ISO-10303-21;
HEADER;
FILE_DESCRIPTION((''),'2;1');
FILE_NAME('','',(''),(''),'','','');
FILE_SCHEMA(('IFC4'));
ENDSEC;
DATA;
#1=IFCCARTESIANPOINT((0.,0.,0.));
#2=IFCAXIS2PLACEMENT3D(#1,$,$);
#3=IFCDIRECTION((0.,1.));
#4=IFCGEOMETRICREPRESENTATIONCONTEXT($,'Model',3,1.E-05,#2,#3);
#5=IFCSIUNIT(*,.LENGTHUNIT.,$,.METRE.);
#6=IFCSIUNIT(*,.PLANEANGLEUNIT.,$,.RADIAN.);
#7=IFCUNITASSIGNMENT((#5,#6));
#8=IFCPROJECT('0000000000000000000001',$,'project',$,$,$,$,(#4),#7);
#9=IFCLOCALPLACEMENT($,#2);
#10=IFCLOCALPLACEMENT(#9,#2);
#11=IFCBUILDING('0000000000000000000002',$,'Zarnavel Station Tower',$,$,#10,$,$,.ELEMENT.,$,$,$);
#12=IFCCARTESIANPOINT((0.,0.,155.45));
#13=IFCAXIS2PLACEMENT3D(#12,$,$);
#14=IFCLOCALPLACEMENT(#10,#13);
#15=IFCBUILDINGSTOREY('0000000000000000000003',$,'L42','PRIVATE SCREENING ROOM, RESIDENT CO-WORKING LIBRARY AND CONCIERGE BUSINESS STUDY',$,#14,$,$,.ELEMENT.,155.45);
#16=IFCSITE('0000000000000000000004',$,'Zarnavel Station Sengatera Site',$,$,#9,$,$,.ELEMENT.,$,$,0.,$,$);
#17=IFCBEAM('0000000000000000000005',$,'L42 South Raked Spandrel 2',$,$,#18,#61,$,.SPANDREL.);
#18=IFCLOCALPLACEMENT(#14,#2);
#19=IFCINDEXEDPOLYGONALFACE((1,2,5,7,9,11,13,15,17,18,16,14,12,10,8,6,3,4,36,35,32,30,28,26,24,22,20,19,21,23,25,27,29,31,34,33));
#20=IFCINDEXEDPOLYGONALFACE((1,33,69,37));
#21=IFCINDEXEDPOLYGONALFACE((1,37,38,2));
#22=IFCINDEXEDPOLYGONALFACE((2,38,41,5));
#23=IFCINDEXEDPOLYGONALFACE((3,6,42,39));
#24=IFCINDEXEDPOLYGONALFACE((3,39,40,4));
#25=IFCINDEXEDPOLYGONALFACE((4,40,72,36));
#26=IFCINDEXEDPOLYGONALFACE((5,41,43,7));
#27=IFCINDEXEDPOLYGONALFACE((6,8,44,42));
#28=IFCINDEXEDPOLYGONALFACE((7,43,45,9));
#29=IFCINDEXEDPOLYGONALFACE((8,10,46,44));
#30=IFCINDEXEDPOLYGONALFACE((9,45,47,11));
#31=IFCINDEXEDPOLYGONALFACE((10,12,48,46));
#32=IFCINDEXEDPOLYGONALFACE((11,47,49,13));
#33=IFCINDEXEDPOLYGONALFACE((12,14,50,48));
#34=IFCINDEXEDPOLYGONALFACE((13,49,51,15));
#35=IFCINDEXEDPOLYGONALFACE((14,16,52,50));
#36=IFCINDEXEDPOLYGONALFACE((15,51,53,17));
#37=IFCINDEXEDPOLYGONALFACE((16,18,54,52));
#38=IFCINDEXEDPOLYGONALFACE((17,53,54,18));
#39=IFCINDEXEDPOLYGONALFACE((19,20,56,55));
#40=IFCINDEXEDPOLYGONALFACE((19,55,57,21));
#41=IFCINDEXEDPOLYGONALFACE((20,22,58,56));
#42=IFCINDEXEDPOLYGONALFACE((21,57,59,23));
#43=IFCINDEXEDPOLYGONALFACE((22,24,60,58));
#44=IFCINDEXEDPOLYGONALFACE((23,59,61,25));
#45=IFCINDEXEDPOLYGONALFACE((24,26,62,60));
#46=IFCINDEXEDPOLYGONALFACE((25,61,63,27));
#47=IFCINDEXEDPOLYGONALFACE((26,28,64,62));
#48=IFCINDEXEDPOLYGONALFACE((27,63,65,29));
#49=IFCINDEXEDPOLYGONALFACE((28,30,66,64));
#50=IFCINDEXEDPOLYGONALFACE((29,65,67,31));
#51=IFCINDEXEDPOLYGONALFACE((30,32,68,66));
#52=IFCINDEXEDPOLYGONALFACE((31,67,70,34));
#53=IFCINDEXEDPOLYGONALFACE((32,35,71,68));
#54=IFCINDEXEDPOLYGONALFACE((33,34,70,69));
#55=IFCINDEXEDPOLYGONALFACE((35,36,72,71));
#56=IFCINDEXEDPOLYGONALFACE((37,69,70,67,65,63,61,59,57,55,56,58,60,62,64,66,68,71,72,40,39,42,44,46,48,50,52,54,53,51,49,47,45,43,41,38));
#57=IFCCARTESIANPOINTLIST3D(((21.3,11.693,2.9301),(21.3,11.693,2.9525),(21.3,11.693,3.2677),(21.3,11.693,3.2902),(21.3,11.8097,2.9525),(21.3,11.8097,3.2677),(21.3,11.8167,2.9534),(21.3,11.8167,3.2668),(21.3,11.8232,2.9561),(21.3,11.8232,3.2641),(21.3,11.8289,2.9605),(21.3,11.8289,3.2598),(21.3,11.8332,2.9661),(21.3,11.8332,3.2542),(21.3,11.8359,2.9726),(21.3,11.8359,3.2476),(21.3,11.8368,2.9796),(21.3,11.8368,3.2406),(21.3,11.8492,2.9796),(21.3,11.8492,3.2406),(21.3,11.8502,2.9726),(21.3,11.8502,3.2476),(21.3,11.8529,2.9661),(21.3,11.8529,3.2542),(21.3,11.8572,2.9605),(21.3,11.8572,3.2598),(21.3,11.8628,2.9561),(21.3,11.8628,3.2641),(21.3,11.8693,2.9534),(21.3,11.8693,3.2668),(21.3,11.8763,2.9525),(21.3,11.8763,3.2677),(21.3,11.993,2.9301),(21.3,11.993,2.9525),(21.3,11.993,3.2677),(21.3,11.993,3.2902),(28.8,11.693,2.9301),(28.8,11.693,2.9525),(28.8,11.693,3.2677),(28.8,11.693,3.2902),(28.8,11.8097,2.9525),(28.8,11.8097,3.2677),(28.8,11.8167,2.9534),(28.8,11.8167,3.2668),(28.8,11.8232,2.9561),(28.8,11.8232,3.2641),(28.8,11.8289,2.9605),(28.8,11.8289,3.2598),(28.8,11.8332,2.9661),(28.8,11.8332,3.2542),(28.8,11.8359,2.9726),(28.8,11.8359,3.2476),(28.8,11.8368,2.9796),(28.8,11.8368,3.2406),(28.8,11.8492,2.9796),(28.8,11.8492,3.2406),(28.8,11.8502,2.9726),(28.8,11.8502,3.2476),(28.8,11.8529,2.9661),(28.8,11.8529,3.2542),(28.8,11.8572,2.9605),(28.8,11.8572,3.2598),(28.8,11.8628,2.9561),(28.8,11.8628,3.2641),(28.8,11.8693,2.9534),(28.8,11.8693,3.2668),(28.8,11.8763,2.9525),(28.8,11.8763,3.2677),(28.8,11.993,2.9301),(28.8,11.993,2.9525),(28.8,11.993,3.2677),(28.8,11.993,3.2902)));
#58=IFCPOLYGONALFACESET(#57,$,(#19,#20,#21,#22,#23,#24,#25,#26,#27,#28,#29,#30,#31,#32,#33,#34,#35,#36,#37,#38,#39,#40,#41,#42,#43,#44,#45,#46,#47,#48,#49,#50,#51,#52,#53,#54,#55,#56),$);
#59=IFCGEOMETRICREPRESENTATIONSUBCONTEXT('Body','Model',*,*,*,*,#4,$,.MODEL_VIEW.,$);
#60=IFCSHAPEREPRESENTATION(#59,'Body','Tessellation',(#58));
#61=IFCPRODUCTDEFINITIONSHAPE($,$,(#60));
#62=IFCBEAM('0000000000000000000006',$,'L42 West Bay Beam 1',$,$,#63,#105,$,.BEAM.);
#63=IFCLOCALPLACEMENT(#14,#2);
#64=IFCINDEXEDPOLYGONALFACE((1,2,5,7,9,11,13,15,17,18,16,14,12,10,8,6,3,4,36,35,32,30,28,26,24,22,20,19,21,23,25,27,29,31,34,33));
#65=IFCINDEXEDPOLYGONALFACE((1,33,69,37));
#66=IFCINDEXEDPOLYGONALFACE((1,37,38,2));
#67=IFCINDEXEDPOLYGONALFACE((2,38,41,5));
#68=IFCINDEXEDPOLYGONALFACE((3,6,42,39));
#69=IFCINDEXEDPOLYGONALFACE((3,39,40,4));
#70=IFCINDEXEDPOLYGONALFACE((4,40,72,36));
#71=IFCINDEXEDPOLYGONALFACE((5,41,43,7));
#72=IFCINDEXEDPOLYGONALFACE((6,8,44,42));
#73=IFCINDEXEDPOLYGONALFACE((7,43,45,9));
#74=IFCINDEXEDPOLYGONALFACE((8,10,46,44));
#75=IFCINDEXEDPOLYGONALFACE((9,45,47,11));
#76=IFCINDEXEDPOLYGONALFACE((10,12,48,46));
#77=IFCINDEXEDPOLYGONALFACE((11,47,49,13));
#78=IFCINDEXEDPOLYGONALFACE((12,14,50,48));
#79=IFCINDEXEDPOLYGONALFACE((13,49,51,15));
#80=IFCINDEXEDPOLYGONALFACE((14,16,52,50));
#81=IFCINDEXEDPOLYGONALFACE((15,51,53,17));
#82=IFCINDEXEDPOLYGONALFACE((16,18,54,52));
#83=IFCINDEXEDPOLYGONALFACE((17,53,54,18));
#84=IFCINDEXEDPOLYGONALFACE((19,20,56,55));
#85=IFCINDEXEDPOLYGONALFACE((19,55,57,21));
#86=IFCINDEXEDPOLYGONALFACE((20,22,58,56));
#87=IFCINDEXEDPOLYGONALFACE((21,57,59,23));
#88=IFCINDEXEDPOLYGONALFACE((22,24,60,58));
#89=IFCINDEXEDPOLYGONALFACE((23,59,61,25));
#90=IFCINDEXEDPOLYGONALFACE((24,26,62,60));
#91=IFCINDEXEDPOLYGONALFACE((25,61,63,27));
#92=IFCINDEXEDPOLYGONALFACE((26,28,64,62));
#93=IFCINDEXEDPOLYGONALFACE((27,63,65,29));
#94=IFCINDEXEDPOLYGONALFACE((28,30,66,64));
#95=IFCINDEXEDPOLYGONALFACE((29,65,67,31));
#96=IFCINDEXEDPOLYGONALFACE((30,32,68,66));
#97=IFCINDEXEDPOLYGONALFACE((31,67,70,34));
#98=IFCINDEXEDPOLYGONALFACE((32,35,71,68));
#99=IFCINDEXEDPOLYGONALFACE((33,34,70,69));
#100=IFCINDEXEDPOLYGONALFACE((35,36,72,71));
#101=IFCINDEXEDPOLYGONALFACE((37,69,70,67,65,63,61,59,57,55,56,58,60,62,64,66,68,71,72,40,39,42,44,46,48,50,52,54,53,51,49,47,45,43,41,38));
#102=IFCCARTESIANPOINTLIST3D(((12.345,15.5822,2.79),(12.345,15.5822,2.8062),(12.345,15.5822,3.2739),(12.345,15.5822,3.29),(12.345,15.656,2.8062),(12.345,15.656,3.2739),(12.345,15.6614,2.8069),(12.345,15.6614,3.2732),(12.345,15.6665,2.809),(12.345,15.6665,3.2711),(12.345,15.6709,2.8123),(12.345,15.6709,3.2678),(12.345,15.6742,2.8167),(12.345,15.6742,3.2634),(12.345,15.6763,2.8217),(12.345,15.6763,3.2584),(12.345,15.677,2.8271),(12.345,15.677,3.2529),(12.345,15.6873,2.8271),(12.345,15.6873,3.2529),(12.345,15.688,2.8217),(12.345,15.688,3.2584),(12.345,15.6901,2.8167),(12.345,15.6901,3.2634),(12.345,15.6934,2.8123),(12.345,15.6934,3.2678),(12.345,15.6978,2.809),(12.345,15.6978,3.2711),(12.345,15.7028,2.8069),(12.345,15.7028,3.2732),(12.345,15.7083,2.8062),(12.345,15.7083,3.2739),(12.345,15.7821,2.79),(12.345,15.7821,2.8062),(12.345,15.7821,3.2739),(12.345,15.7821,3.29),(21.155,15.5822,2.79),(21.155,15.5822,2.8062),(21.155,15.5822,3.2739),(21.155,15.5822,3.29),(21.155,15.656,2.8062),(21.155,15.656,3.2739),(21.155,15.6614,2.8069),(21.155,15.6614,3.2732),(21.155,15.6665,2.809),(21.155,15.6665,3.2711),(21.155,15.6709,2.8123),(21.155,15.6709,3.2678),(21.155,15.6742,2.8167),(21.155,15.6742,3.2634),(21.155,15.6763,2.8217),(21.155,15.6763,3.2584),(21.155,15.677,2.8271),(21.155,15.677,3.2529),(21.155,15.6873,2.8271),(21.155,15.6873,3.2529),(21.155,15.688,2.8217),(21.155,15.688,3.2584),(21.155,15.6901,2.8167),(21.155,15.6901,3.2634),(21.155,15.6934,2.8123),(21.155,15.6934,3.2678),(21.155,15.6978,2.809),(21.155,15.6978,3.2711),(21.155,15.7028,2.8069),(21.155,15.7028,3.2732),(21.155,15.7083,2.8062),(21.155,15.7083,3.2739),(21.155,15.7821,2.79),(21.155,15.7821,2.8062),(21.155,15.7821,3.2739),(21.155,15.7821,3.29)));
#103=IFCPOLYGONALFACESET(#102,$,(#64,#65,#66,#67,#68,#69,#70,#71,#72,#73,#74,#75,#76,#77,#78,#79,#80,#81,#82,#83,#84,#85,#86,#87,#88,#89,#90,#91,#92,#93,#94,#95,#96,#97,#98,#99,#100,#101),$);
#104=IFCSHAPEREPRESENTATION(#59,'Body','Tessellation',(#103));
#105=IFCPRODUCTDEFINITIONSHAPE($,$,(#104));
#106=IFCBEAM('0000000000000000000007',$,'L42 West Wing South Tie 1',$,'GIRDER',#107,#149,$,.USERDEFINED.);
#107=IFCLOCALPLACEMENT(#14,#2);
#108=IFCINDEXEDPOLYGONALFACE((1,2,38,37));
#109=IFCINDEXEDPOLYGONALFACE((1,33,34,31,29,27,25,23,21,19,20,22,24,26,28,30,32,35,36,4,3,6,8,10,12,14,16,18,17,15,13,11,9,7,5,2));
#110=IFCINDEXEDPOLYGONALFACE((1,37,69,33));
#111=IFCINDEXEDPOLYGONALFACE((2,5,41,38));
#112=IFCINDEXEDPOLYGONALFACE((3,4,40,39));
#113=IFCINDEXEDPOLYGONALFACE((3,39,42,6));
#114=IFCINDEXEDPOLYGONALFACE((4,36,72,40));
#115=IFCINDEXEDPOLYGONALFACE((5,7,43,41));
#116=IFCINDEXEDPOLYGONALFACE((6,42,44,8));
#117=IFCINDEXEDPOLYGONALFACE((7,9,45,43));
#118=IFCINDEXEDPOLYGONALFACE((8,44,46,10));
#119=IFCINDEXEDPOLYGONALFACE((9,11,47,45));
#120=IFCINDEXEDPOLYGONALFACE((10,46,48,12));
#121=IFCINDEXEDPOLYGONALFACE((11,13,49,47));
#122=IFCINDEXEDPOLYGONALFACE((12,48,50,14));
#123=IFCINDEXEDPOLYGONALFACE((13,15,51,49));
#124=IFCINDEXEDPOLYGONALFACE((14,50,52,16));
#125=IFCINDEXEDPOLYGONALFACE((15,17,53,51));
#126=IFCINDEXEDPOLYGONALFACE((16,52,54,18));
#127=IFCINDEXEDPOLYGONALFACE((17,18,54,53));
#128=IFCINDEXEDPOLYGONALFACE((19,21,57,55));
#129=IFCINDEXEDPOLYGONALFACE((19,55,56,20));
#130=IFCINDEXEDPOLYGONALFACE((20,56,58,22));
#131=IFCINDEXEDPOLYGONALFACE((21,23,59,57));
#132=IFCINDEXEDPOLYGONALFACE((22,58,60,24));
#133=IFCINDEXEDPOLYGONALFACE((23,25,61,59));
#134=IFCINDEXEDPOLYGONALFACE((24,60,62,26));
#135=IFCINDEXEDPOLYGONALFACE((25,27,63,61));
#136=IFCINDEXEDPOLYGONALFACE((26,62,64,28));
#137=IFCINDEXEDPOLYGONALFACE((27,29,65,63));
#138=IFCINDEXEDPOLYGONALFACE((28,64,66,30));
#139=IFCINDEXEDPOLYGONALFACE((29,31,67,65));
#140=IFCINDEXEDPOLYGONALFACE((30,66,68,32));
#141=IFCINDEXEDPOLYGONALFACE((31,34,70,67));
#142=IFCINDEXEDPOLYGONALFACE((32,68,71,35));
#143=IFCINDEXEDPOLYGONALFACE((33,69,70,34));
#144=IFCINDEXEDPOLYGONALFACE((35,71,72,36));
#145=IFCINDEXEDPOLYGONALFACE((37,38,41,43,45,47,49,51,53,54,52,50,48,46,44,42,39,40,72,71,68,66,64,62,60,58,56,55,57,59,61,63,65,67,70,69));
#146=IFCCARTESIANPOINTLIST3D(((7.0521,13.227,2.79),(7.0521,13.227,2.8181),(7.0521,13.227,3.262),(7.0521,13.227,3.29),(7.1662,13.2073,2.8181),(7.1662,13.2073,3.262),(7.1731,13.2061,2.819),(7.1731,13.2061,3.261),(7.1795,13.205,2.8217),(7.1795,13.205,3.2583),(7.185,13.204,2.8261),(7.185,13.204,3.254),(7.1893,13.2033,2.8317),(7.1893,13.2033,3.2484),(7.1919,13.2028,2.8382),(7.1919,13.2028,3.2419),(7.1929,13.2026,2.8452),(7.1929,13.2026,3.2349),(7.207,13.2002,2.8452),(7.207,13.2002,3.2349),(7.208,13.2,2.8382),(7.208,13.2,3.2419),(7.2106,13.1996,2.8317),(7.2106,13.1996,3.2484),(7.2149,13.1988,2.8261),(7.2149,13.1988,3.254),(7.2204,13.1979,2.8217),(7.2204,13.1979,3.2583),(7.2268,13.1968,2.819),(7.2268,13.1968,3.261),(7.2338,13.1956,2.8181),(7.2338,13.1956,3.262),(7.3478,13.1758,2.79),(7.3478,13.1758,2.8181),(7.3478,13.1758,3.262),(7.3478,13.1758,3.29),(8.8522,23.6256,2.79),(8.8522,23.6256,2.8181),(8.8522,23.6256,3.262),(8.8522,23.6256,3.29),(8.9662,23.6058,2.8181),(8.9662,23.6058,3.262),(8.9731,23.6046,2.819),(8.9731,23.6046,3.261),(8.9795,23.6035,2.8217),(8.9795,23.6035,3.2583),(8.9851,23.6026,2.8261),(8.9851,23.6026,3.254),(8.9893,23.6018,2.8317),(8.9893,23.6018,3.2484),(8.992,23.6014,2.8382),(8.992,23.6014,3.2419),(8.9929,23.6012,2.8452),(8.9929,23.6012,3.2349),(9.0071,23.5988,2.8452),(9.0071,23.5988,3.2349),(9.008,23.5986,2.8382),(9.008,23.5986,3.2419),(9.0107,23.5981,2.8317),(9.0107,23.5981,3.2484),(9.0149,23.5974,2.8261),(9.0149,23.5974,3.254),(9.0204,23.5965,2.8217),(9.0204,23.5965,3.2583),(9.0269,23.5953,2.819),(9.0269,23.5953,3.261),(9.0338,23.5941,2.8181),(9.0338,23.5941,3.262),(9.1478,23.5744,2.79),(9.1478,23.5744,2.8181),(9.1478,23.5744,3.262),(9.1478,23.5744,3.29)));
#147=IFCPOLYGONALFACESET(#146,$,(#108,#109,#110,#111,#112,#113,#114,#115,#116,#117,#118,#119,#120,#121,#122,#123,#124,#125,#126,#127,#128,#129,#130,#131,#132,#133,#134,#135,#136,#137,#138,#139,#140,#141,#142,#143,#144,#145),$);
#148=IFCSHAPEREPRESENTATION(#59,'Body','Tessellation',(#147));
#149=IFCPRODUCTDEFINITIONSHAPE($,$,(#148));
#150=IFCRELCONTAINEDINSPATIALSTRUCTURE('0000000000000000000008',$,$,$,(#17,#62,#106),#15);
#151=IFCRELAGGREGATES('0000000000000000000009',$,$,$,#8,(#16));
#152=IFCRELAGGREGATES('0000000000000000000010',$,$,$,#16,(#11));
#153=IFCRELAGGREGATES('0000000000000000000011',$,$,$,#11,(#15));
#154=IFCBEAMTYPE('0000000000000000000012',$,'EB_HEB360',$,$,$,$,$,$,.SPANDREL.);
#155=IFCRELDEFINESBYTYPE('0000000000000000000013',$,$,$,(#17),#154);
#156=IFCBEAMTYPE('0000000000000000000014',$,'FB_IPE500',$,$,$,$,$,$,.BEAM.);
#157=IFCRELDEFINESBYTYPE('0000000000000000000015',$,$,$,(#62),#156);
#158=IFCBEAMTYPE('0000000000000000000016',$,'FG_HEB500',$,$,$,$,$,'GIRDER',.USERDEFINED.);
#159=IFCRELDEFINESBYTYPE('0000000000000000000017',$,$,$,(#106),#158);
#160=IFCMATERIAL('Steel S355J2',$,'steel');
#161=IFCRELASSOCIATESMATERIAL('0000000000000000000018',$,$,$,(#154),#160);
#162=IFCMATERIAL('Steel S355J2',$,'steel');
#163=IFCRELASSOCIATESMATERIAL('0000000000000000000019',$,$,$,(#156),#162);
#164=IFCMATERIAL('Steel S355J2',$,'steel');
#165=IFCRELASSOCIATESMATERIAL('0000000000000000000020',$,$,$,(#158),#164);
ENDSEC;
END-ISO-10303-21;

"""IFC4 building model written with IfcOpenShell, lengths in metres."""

from ifc_helpers import new_model, si_unit, direction, frame, origin, origin_2d, place, context, subcontext, project, spatial, i_section, extrude, material, material_profile, profile_set, type_object, element, save


model = new_model("IFC4")

# Units and contexts
model_context = context("Model", 3, precision=1e-05, world=origin(), true_north=direction((0.0, 1.0)))
body_context = subcontext(model_context, "Body", "Model", "MODEL_VIEW")
ifc_project = project(units=[si_unit("LENGTHUNIT", "METRE"), si_unit("PLANEANGLEUNIT", "RADIAN")], contexts=[model_context])

# Site, building, storey
site_placement = place(None, origin())
site = spatial("IfcSite", under=ifc_project, at=site_placement, Name="Zarnavel Station Sengatera Site", CompositionType="ELEMENT", RefElevation=0.0)
building_placement = place(site_placement, origin())
building = spatial("IfcBuilding", under=site, at=building_placement, Name="Zarnavel Station Tower", CompositionType="ELEMENT")
storey_placement = place(building_placement, frame((0.0, 0.0, 155.45)))
storey = spatial("IfcBuildingStorey", under=building, at=storey_placement, Name="L42", Description="PRIVATE SCREENING ROOM, RESIDENT CO-WORKING LIBRARY AND CONCIERGE BUSINESS STUDY", CompositionType="ELEMENT", Elevation=155.45)

# Beams
ifc_material_1 = material(Name="Steel S355J2", Category="steel")
ifc_material_profile_1 = material_profile(ifc_material_1, i_section(OverallWidth=0.3, OverallDepth=0.3601, WebThickness=0.0125, FlangeThickness=0.0225, FilletRadius=0.0271, at=origin_2d()), Name="HEB360")
ifc_profile_set_1 = profile_set([ifc_material_profile_1], Name="Steel S355J2")
beam_type_1 = type_object("IfcBeamType", Name="EB_HEB360", PredefinedType="SPANDREL", material=ifc_profile_set_1)
beam_1_placement = place(storey_placement, frame((21.3, 11.843, 3.1101), z_axis=(1.0, 0.0, 0.0), x_axis=(0.0, 1.0, 0.0)))
element("IfcBeam", 1, at=beam_1_placement, inside=storey, type_object=beam_type_1, Name="L42 South Raked Spandrel 2", PredefinedType="SPANDREL", context=body_context, shape_type="SweptSolid", body=[
    extrude(i_section(OverallWidth=0.3, OverallDepth=0.3601, WebThickness=0.0125, FlangeThickness=0.0225, FilletRadius=0.0271, at=origin_2d()), origin(), (0.0, 0.0, 1.0), 7.5),
])
ifc_material_2 = material(Name="Steel S355J2", Category="steel")
ifc_material_profile_2 = material_profile(ifc_material_2, i_section(OverallWidth=0.2, OverallDepth=0.5, WebThickness=0.0103, FlangeThickness=0.0161, FilletRadius=0.021, at=origin_2d()), Name="IPE500")
ifc_profile_set_2 = profile_set([ifc_material_profile_2], Name="Steel S355J2")
beam_type_2 = type_object("IfcBeamType", Name="FB_IPE500", PredefinedType="BEAM", material=ifc_profile_set_2)
beam_2_placement = place(storey_placement, frame((12.345, 15.6821, 3.04), z_axis=(1.0, 0.0, 0.0), x_axis=(0.0, 1.0, 0.0)))
element("IfcBeam", 2, at=beam_2_placement, inside=storey, type_object=beam_type_2, Name="L42 West Bay Beam 1", PredefinedType="BEAM", context=body_context, shape_type="SweptSolid", body=[
    extrude(i_section(OverallWidth=0.2, OverallDepth=0.5, WebThickness=0.0103, FlangeThickness=0.0161, FilletRadius=0.021, at=origin_2d()), origin(), (0.0, 0.0, 1.0), 8.8101),
])
ifc_material_3 = material(Name="Steel S355J2", Category="steel")
ifc_material_profile_3 = material_profile(ifc_material_3, i_section(OverallWidth=0.3, OverallDepth=0.5, WebThickness=0.0144, FlangeThickness=0.0281, FilletRadius=0.0271, at=origin_2d()), Name="HEB500")
ifc_profile_set_3 = profile_set([ifc_material_profile_3], Name="Steel S355J2")
beam_type_3 = type_object("IfcBeamType", Name="FG_HEB500", ElementType="GIRDER", PredefinedType="USERDEFINED", material=ifc_profile_set_3)
beam_3_placement = place(storey_placement, frame((7.2, 13.2014, 3.04), z_axis=(0.170567, 0.985346, 0.0), x_axis=(-0.985346, 0.170567, 0.0)))
element("IfcBeam", 3, at=beam_3_placement, inside=storey, type_object=beam_type_3, Name="L42 West Wing South Tie 1", ObjectType="GIRDER", PredefinedType="USERDEFINED", context=body_context, shape_type="SweptSolid", body=[
    extrude(i_section(OverallWidth=0.3, OverallDepth=0.5, WebThickness=0.0144, FlangeThickness=0.0281, FilletRadius=0.0271, at=origin_2d()), origin(), (0.0, 0.0, 1.0), 10.5532),
])

save(model, "model.ifc")
